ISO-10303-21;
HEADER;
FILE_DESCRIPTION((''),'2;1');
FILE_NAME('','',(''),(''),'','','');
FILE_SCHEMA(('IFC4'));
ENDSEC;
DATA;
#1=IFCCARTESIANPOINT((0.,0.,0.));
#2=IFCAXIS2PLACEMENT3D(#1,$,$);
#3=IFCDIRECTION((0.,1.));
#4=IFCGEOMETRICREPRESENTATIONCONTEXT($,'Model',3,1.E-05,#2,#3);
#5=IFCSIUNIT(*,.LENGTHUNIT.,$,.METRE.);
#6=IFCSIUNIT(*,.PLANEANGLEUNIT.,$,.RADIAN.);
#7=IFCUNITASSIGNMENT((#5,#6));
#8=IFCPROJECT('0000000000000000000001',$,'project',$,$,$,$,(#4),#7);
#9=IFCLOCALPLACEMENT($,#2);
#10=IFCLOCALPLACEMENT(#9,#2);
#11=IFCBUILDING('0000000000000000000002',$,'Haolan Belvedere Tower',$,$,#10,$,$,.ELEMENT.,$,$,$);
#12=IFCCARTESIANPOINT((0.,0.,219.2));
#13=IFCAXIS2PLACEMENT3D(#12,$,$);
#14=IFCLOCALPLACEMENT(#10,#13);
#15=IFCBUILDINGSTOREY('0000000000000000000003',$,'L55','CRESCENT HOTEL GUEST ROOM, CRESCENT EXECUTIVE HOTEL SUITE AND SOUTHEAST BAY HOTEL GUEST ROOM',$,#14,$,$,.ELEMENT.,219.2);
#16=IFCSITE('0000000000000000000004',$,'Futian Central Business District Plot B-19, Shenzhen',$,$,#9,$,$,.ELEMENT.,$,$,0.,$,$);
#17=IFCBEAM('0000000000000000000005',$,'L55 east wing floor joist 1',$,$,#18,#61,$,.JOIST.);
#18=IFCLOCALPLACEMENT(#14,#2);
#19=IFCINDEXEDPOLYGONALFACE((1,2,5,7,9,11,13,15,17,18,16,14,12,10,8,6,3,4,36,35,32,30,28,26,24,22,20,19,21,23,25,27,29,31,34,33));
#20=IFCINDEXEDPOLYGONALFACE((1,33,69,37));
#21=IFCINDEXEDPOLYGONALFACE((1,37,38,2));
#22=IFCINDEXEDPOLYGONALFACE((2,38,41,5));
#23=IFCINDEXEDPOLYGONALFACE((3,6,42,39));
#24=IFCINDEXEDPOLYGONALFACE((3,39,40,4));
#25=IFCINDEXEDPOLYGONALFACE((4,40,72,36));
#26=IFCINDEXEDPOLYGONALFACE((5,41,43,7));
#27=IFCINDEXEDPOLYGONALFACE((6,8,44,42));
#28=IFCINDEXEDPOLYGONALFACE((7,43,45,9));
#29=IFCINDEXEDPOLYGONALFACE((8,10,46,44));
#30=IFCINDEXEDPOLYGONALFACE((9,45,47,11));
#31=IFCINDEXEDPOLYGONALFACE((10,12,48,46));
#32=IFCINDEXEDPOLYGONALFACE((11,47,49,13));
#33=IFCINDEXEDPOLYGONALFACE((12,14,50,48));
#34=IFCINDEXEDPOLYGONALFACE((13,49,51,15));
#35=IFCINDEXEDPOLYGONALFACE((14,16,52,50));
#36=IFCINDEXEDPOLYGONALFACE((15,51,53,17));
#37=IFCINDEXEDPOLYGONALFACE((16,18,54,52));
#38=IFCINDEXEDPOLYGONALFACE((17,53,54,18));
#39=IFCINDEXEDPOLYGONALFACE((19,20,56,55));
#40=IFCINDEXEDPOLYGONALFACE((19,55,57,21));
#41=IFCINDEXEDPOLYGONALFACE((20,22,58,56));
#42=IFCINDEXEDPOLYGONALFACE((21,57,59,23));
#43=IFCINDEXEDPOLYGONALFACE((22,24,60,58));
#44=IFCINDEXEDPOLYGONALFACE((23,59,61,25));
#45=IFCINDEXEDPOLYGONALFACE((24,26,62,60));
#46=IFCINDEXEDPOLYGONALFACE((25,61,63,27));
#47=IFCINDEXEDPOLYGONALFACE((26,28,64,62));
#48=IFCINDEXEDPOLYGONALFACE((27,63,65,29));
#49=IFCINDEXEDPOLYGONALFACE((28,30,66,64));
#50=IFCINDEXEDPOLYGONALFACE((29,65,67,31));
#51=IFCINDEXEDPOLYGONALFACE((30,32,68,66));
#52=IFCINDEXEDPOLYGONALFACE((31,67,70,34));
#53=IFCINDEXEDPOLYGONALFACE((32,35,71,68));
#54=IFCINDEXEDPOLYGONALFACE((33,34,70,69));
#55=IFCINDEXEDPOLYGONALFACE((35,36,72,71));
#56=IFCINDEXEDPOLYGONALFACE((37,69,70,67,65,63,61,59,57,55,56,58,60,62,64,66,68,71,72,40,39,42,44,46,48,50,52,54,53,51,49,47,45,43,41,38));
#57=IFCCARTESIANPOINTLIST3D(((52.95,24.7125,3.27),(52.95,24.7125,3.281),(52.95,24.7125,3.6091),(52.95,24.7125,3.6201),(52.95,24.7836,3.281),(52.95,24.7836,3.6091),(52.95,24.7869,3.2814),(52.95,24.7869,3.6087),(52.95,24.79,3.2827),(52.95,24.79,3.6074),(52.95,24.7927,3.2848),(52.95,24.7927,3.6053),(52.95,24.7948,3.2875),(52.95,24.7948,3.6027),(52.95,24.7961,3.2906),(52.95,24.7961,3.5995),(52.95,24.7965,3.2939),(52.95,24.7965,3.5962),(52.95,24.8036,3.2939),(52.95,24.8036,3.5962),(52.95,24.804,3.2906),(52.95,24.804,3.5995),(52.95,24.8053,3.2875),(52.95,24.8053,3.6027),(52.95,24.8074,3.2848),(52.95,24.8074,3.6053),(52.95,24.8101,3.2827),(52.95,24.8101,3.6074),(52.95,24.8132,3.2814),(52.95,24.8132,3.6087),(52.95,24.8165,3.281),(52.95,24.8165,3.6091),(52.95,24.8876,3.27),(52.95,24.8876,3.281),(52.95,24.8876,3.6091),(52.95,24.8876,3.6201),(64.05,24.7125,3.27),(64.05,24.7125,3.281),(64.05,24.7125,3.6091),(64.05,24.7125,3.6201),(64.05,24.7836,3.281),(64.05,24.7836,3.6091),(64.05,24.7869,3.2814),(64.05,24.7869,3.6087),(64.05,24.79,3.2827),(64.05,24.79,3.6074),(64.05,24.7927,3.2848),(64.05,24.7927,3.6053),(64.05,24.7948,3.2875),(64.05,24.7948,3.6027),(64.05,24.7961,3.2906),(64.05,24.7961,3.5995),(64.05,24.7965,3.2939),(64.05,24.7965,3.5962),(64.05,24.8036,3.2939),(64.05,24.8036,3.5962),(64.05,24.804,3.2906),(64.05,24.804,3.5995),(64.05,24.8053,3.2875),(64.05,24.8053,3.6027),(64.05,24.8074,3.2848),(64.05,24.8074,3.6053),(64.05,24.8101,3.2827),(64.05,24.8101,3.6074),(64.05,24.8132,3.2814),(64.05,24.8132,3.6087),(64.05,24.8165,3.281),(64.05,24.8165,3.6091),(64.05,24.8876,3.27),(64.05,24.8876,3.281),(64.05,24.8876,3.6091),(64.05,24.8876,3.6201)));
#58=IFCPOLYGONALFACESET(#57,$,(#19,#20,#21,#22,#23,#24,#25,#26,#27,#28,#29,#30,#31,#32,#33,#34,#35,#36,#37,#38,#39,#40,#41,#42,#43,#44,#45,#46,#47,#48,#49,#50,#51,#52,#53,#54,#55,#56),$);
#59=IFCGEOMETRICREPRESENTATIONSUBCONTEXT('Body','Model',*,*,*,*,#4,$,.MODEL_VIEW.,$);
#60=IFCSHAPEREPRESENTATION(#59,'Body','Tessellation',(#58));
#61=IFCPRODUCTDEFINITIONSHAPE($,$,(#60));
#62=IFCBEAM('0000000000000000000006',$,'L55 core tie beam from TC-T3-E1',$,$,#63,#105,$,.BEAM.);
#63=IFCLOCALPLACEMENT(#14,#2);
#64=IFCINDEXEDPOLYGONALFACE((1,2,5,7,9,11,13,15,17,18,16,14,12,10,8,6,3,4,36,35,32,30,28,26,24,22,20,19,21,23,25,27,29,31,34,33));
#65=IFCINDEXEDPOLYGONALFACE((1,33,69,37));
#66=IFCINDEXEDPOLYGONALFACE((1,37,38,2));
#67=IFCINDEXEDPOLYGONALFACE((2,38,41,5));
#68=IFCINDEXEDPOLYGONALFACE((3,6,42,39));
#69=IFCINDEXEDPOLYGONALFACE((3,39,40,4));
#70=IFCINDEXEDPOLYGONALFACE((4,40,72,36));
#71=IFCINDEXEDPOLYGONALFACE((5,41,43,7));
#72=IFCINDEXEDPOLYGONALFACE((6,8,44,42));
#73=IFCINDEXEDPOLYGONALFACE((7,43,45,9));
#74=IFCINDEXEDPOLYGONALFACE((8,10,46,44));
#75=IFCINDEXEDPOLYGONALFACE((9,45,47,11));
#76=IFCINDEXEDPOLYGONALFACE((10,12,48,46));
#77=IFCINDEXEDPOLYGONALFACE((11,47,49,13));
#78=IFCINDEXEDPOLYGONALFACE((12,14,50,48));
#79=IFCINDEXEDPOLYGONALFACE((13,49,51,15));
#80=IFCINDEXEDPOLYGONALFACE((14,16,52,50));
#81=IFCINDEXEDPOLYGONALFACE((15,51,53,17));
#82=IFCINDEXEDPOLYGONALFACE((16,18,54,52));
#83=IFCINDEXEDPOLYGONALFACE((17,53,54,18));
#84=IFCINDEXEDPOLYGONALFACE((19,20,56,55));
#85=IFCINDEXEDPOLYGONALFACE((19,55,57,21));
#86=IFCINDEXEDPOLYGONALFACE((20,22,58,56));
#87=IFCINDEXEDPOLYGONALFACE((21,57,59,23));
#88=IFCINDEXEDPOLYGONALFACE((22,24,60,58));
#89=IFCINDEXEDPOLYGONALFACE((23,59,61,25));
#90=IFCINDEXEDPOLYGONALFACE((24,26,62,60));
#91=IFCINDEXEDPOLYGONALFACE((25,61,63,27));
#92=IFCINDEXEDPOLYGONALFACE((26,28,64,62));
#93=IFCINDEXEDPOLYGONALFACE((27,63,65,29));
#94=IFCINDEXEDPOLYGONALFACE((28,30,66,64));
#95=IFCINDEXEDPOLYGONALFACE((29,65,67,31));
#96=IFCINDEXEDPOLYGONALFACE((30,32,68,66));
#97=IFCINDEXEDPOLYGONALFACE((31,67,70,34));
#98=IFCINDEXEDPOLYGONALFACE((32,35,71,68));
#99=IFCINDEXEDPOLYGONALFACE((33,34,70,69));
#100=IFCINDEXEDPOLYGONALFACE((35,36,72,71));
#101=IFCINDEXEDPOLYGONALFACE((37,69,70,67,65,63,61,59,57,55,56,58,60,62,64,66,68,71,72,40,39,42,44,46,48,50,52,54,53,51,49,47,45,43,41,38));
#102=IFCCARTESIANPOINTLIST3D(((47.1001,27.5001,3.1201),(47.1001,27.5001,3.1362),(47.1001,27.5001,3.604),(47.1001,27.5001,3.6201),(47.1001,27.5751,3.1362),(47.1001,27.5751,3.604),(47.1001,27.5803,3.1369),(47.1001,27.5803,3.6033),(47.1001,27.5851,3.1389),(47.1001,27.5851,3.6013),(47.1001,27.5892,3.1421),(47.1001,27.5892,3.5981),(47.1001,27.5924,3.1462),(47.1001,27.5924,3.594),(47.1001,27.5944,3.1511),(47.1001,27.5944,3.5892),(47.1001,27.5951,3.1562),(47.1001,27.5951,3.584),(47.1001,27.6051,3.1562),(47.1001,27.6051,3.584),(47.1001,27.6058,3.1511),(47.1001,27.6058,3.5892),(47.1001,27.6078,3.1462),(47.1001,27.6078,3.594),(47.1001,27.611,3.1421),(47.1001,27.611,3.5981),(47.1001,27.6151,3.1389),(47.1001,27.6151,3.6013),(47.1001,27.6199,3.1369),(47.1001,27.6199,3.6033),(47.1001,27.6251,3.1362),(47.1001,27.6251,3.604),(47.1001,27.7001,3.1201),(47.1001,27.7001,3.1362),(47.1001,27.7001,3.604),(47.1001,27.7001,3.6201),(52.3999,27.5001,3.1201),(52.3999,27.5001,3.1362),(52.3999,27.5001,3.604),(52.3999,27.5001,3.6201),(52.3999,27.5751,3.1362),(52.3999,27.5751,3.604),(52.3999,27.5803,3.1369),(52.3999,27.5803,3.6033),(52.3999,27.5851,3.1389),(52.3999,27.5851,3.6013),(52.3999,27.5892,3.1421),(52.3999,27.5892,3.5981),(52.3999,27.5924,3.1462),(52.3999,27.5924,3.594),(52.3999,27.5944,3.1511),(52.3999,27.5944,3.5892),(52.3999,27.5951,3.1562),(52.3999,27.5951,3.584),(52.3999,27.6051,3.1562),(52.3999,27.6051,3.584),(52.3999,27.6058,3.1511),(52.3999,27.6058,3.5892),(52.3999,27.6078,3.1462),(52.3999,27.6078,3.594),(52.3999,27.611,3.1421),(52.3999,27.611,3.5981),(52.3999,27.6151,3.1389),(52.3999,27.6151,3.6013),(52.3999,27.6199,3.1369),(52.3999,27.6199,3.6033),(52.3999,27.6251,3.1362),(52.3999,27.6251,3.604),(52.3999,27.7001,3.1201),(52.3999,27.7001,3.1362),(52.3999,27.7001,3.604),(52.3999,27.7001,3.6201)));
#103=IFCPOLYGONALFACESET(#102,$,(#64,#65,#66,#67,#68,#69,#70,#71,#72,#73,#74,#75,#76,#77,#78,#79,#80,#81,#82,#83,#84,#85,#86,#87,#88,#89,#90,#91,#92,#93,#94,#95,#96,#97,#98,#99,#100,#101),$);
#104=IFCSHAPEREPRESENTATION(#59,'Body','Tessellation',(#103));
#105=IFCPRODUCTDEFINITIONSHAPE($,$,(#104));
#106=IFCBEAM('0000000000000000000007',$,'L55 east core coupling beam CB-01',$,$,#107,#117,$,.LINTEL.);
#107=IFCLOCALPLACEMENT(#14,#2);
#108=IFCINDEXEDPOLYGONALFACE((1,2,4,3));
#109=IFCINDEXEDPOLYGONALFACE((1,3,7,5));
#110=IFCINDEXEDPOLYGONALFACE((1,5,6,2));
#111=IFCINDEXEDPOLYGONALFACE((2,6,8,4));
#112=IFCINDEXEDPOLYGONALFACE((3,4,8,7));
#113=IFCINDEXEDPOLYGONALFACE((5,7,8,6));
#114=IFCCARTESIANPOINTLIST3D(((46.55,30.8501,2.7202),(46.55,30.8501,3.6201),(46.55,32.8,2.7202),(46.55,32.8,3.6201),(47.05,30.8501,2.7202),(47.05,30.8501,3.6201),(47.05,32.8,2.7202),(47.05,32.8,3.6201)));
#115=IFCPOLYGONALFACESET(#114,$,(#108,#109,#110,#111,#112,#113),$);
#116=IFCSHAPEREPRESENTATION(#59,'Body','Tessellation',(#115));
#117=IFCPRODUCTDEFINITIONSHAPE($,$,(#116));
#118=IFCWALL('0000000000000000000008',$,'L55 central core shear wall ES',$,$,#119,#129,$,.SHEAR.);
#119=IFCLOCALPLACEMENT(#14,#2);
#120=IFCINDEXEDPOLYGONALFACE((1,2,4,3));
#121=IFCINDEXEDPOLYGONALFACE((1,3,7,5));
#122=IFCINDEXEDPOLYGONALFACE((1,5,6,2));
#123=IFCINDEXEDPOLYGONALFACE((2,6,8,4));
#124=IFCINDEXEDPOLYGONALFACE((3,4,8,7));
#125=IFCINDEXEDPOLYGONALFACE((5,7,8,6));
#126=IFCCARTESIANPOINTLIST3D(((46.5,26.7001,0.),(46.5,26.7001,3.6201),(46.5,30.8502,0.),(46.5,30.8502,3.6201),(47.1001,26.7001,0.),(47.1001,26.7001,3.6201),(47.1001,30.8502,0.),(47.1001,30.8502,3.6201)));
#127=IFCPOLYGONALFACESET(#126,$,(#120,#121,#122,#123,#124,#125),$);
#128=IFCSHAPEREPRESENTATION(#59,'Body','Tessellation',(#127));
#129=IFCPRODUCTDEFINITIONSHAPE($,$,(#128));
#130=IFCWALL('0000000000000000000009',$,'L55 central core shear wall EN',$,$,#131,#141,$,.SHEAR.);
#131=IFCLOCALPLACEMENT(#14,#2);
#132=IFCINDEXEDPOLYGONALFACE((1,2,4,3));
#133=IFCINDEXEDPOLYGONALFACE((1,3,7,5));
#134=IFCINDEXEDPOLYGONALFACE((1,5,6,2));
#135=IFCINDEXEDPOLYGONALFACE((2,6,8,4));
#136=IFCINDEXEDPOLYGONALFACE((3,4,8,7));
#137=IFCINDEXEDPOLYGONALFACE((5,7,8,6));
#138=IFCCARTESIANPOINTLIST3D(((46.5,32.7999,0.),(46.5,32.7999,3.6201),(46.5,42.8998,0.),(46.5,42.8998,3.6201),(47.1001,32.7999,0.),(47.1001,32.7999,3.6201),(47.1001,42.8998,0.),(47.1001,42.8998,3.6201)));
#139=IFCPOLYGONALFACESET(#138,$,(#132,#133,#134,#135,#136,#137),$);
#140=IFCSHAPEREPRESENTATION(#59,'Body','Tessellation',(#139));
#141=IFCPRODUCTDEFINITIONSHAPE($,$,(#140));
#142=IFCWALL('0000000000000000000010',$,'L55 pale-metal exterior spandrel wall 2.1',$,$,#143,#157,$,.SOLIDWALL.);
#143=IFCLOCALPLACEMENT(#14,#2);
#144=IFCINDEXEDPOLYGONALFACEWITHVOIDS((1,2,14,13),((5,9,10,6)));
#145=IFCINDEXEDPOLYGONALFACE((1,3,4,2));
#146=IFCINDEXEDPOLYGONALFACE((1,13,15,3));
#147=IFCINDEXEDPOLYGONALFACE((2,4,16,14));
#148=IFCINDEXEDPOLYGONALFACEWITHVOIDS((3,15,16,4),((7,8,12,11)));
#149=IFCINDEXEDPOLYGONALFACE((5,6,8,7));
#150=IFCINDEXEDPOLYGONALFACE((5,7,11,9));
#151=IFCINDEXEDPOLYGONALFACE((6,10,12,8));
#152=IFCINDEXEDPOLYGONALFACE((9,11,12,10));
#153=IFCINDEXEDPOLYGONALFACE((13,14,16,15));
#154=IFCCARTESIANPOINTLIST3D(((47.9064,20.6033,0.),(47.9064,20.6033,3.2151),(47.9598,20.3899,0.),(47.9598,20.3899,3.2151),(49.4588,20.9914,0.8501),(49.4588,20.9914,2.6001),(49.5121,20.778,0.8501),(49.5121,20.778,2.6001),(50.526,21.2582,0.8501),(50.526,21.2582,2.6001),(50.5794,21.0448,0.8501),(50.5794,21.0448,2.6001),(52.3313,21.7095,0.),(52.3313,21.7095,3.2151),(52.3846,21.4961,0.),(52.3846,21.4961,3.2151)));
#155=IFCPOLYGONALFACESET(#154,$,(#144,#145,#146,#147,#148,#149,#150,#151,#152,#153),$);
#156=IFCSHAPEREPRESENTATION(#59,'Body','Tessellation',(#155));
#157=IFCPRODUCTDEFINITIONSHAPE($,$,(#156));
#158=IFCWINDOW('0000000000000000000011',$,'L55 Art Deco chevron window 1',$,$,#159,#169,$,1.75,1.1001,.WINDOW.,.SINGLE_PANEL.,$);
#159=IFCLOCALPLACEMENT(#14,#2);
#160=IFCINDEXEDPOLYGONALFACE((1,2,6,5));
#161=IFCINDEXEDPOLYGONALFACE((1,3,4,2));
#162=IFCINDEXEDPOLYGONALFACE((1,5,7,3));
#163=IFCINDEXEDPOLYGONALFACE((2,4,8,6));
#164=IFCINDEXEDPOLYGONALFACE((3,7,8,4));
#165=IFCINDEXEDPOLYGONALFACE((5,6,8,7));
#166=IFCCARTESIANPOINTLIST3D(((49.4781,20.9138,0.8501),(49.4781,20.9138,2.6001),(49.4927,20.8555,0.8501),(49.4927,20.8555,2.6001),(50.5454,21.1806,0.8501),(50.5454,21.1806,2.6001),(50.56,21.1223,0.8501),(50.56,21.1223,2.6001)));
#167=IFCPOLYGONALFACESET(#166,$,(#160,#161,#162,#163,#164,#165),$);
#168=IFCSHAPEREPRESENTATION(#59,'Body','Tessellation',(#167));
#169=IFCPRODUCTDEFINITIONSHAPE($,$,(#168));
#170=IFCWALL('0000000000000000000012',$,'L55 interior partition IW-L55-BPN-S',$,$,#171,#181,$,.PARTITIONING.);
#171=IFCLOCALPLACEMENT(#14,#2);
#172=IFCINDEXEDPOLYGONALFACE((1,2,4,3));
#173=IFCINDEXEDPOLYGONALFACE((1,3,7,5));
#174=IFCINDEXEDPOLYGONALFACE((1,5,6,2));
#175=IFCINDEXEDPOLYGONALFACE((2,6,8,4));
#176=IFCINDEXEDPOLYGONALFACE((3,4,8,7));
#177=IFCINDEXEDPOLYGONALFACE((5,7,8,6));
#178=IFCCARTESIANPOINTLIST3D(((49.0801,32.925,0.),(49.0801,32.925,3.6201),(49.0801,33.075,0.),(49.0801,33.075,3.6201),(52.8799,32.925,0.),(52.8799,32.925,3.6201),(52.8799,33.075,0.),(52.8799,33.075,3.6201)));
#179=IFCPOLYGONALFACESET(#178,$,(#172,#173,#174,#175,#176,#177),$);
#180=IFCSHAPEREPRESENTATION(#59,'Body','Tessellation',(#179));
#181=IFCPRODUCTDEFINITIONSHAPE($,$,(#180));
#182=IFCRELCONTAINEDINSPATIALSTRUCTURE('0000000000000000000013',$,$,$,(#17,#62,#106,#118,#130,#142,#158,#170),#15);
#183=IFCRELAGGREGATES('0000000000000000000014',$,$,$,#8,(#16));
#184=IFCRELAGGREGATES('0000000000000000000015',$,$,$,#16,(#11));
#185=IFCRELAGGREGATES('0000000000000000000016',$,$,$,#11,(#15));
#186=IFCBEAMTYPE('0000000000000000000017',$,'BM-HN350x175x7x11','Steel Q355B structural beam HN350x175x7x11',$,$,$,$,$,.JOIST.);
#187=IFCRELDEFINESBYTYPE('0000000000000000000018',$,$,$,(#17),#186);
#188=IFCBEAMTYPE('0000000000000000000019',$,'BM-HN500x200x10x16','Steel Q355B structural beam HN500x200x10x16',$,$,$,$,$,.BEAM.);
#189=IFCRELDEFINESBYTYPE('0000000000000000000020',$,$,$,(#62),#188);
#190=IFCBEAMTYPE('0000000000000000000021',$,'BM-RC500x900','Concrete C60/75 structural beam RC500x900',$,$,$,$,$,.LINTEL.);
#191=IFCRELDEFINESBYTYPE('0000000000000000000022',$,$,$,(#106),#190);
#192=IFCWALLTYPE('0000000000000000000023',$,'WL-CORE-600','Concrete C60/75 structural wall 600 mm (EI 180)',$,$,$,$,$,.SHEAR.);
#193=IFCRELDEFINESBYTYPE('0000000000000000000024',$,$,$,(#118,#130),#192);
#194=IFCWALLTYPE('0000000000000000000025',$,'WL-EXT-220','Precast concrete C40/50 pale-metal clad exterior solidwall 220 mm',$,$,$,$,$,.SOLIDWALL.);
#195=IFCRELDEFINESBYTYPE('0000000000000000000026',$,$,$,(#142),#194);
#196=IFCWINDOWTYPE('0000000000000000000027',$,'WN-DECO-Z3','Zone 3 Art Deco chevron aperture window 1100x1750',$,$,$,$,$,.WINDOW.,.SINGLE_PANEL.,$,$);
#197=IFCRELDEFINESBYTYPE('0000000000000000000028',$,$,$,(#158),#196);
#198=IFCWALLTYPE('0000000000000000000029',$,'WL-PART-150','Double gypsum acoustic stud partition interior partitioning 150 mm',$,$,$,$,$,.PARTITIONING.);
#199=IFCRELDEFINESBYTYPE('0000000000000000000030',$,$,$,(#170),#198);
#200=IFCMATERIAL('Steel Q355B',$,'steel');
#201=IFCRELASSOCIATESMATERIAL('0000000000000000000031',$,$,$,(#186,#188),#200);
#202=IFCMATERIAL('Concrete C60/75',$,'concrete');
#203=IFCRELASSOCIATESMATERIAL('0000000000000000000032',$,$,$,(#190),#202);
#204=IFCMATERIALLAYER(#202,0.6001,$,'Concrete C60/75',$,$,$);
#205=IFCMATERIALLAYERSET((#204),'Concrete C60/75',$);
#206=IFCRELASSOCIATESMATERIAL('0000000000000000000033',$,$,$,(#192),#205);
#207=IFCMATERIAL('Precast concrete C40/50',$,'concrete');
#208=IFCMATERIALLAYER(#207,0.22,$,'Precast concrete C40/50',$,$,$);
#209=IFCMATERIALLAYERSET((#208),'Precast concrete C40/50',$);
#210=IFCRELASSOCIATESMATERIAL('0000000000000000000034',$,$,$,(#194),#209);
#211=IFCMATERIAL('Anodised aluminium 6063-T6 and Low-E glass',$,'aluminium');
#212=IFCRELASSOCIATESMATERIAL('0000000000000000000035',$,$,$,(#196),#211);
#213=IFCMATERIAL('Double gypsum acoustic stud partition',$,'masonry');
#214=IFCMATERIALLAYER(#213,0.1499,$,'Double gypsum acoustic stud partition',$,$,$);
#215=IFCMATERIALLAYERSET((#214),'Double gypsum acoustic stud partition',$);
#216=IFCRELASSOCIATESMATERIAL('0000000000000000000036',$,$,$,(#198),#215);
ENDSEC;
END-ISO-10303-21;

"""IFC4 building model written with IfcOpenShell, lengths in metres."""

from ifc_helpers import new_model, si_unit, direction, frame, frame_2d, origin, origin_2d, place, context, subcontext, project, spatial, rectangle, i_section, extrude, material, layer, layer_set, material_profile, profile_set, type_object, element, fill, save


model = new_model("IFC4")

# Units and contexts
model_context = context("Model", 3, precision=1e-05, world=origin(), true_north=direction((0.0, 1.0)))
body_context = subcontext(model_context, "Body", "Model", "MODEL_VIEW")
ifc_project = project(units=[si_unit("LENGTHUNIT", "METRE"), si_unit("PLANEANGLEUNIT", "RADIAN")], contexts=[model_context])

# Site, building, storey
site_placement = place(None, origin())
site = spatial("IfcSite", under=ifc_project, at=site_placement, Name="Futian Central Business District Plot B-19, Shenzhen", CompositionType="ELEMENT", RefElevation=0.0)
building_placement = place(site_placement, origin())
building = spatial("IfcBuilding", under=site, at=building_placement, Name="Haolan Belvedere Tower", CompositionType="ELEMENT")
storey_placement = place(building_placement, frame((0.0, 0.0, 219.2)))
storey = spatial("IfcBuildingStorey", under=building, at=storey_placement, Name="L55", Description="CRESCENT HOTEL GUEST ROOM, CRESCENT EXECUTIVE HOTEL SUITE AND SOUTHEAST BAY HOTEL GUEST ROOM", CompositionType="ELEMENT", Elevation=219.2)

# Beams
ifc_material_1 = material(Name="Steel Q355B", Category="steel")
ifc_material_profile_1 = material_profile(ifc_material_1, i_section(OverallWidth=0.175, OverallDepth=0.3501, WebThickness=0.0071, FlangeThickness=0.011, FilletRadius=0.0129, at=origin_2d()), Name="Steel Q355B")
ifc_profile_set_1 = profile_set([ifc_material_profile_1], Name="Steel Q355B")
beam_type_1 = type_object("IfcBeamType", Name="BM-HN350x175x7x11", Description="Steel Q355B structural beam HN350x175x7x11", PredefinedType="JOIST", material=ifc_profile_set_1)
beam_1_placement = place(storey_placement, frame((52.95, 24.8, 3.4451), z_axis=(1.0, 0.0, 0.0), x_axis=(0.0, 1.0, 0.0)))
element("IfcBeam", 1, at=beam_1_placement, inside=storey, type_object=beam_type_1, Name="L55 east wing floor joist 1", PredefinedType="JOIST", context=body_context, shape_type="SweptSolid", body=[
    extrude(i_section(OverallWidth=0.175, OverallDepth=0.3501, WebThickness=0.0071, FlangeThickness=0.011, FilletRadius=0.0129, at=origin_2d()), origin(), (0.0, 0.0, 1.0), 11.1001),
])
ifc_material_profile_2 = material_profile(ifc_material_1, i_section(OverallWidth=0.2, OverallDepth=0.5, WebThickness=0.01, FlangeThickness=0.0161, FilletRadius=0.02, at=origin_2d()), Name="Steel Q355B")
ifc_profile_set_2 = profile_set([ifc_material_profile_2], Name="Steel Q355B")
beam_type_2 = type_object("IfcBeamType", Name="BM-HN500x200x10x16", Description="Steel Q355B structural beam HN500x200x10x16", PredefinedType="BEAM", material=ifc_profile_set_2)
beam_2_placement = place(storey_placement, frame((52.3999, 27.6001, 3.3701), z_axis=(-1.0, 0.0, 0.0), x_axis=(0.0, -1.0, 0.0)))
element("IfcBeam", 2, at=beam_2_placement, inside=storey, type_object=beam_type_2, Name="L55 core tie beam from TC-T3-E1", PredefinedType="BEAM", context=body_context, shape_type="SweptSolid", body=[
    extrude(i_section(OverallWidth=0.2, OverallDepth=0.5, WebThickness=0.01, FlangeThickness=0.0161, FilletRadius=0.02, at=origin_2d()), origin(), (0.0, 0.0, 1.0), 5.2998),
])
ifc_material_2 = material(Name="Concrete C60/75", Category="concrete")
ifc_material_profile_3 = material_profile(ifc_material_2, rectangle(XDim=0.5, YDim=0.8999, at=origin_2d()), Name="Concrete C60/75")
ifc_profile_set_3 = profile_set([ifc_material_profile_3], Name="Concrete C60/75")
beam_type_3 = type_object("IfcBeamType", Name="BM-RC500x900", Description="Concrete C60/75 structural beam RC500x900", PredefinedType="LINTEL", material=ifc_profile_set_3)
beam_3_placement = place(storey_placement, frame((46.8, 30.8501, 3.1702), z_axis=(0.0, 1.0, 0.0), x_axis=(-1.0, 0.0, 0.0)))
element("IfcBeam", 3, at=beam_3_placement, inside=storey, type_object=beam_type_3, Name="L55 east core coupling beam CB-01", PredefinedType="LINTEL", context=body_context, shape_type="SweptSolid", body=[
    extrude(rectangle(XDim=0.5, YDim=0.8999, at=origin_2d()), origin(), (0.0, 0.0, 1.0), 1.95),
])

# Walls
ifc_layer_1 = layer(ifc_material_2, 0.6001, Name="Concrete C60/75")
ifc_layer_set_1 = layer_set([ifc_layer_1], Name="Concrete C60/75")
wall_type_1 = type_object("IfcWallType", Name="WL-CORE-600", Description="Concrete C60/75 structural wall 600 mm (EI 180)", PredefinedType="SHEAR", material=ifc_layer_set_1)
wall_1_placement = place(storey_placement, frame((46.8, 26.7, 0.0), z_axis=(0.0, 0.0, 1.0), x_axis=(0.0, 1.0, 0.0)))
element("IfcWall", 4, at=wall_1_placement, inside=storey, type_object=wall_type_1, Name="L55 central core shear wall ES", PredefinedType="SHEAR", context=body_context, shape_type="SweptSolid", body=[
    extrude(rectangle(XDim=4.1501, YDim=0.6001, at=frame_2d((2.0752, 0.0))), origin(), (0.0, 0.0, 1.0), 3.6201),
])
wall_2_placement = place(storey_placement, frame((46.8, 32.8, 0.0), z_axis=(0.0, 0.0, 1.0), x_axis=(0.0, 1.0, 0.0)))
element("IfcWall", 5, at=wall_2_placement, inside=storey, type_object=wall_type_1, Name="L55 central core shear wall EN", PredefinedType="SHEAR", context=body_context, shape_type="SweptSolid", body=[
    extrude(rectangle(XDim=10.0999, YDim=0.6001, at=frame_2d((5.0498, 0.0))), origin(), (0.0, 0.0, 1.0), 3.6201),
])

# Wall, opening, window
ifc_material_3 = material(Name="Precast concrete C40/50", Category="concrete")
ifc_layer_2 = layer(ifc_material_3, 0.22, Name="Precast concrete C40/50")
ifc_layer_set_2 = layer_set([ifc_layer_2], Name="Precast concrete C40/50")
wall_type_2 = type_object("IfcWallType", Name="WL-EXT-220", Description="Precast concrete C40/50 pale-metal clad exterior solidwall 220 mm", PredefinedType="SOLIDWALL", material=ifc_layer_set_2)
wall_3_placement = place(storey_placement, frame((47.9331, 20.4966, 0.0), z_axis=(0.0, 0.0, 1.0), x_axis=(0.970143, 0.242536, 0.0)))
wall_3 = element("IfcWall", 6, at=wall_3_placement, inside=storey, type_object=wall_type_2, Name="L55 pale-metal exterior spandrel wall 2.1", PredefinedType="SOLIDWALL", context=body_context, shape_type="SweptSolid", body=[
    extrude(rectangle(XDim=4.561, YDim=0.22, at=frame_2d((2.2805, 0.0))), origin(), (0.0, 0.0, 1.0), 3.2151),
])
opening_1_placement = place(wall_3_placement, frame((1.6001, 0.0, 0.8501)))
opening_1 = element("IfcOpeningElement", 7, at=opening_1_placement, cuts=wall_3, PredefinedType="OPENING", context=body_context, shape_type="SweptSolid", body=[
    extrude(rectangle(XDim=1.1001, YDim=1.75, at=frame_2d((0.55, 0.875))), frame((0.0, 0.1199, 0.0), z_axis=(0.0, -1.0, 0.0), x_axis=(1.0, 0.0, 0.0)), (0.0, 0.0, 1.0), 0.24),
])
ifc_material_4 = material(Name="Anodised aluminium 6063-T6 and Low-E glass", Category="aluminium")
window_type = type_object("IfcWindowType", Name="WN-DECO-Z3", Description="Zone 3 Art Deco chevron aperture window 1100x1750", PartitioningType="SINGLE_PANEL", PredefinedType="WINDOW", material=ifc_material_4)
window_placement = place(opening_1_placement, origin())
window = element("IfcWindow", 8, at=window_placement, inside=storey, type_object=window_type, Name="L55 Art Deco chevron window 1", OverallHeight=1.75, OverallWidth=1.1001, PartitioningType="SINGLE_PANEL", PredefinedType="WINDOW", context=body_context, shape_type="SweptSolid", body=[
    extrude(rectangle(XDim=1.1001, YDim=1.75, at=frame_2d((0.55, 0.875))), frame((0.0, 0.03, 0.0), z_axis=(0.0, -1.0, 0.0), x_axis=(1.0, 0.0, 0.0)), (0.0, 0.0, 1.0), 0.0601),
])
fill(opening_1, window)

# Wall
ifc_material_5 = material(Name="Double gypsum acoustic stud partition", Category="masonry")
ifc_layer_3 = layer(ifc_material_5, 0.1499, Name="Double gypsum acoustic stud partition")
ifc_layer_set_3 = layer_set([ifc_layer_3], Name="Double gypsum acoustic stud partition")
wall_type_3 = type_object("IfcWallType", Name="WL-PART-150", Description="Double gypsum acoustic stud partition interior partitioning 150 mm", PredefinedType="PARTITIONING", material=ifc_layer_set_3)
wall_4_placement = place(storey_placement, frame((49.0801, 33.0, 0.0), z_axis=(0.0, 0.0, 1.0), x_axis=(1.0, 0.0, 0.0)))
element("IfcWall", 9, at=wall_4_placement, inside=storey, type_object=wall_type_3, Name="L55 interior partition IW-L55-BPN-S", PredefinedType="PARTITIONING", context=body_context, shape_type="SweptSolid", body=[
    extrude(rectangle(XDim=3.7998, YDim=0.1499, at=frame_2d((1.8999, 0.0))), origin(), (0.0, 0.0, 1.0), 3.6201),
])

save(model, "model.ifc")
